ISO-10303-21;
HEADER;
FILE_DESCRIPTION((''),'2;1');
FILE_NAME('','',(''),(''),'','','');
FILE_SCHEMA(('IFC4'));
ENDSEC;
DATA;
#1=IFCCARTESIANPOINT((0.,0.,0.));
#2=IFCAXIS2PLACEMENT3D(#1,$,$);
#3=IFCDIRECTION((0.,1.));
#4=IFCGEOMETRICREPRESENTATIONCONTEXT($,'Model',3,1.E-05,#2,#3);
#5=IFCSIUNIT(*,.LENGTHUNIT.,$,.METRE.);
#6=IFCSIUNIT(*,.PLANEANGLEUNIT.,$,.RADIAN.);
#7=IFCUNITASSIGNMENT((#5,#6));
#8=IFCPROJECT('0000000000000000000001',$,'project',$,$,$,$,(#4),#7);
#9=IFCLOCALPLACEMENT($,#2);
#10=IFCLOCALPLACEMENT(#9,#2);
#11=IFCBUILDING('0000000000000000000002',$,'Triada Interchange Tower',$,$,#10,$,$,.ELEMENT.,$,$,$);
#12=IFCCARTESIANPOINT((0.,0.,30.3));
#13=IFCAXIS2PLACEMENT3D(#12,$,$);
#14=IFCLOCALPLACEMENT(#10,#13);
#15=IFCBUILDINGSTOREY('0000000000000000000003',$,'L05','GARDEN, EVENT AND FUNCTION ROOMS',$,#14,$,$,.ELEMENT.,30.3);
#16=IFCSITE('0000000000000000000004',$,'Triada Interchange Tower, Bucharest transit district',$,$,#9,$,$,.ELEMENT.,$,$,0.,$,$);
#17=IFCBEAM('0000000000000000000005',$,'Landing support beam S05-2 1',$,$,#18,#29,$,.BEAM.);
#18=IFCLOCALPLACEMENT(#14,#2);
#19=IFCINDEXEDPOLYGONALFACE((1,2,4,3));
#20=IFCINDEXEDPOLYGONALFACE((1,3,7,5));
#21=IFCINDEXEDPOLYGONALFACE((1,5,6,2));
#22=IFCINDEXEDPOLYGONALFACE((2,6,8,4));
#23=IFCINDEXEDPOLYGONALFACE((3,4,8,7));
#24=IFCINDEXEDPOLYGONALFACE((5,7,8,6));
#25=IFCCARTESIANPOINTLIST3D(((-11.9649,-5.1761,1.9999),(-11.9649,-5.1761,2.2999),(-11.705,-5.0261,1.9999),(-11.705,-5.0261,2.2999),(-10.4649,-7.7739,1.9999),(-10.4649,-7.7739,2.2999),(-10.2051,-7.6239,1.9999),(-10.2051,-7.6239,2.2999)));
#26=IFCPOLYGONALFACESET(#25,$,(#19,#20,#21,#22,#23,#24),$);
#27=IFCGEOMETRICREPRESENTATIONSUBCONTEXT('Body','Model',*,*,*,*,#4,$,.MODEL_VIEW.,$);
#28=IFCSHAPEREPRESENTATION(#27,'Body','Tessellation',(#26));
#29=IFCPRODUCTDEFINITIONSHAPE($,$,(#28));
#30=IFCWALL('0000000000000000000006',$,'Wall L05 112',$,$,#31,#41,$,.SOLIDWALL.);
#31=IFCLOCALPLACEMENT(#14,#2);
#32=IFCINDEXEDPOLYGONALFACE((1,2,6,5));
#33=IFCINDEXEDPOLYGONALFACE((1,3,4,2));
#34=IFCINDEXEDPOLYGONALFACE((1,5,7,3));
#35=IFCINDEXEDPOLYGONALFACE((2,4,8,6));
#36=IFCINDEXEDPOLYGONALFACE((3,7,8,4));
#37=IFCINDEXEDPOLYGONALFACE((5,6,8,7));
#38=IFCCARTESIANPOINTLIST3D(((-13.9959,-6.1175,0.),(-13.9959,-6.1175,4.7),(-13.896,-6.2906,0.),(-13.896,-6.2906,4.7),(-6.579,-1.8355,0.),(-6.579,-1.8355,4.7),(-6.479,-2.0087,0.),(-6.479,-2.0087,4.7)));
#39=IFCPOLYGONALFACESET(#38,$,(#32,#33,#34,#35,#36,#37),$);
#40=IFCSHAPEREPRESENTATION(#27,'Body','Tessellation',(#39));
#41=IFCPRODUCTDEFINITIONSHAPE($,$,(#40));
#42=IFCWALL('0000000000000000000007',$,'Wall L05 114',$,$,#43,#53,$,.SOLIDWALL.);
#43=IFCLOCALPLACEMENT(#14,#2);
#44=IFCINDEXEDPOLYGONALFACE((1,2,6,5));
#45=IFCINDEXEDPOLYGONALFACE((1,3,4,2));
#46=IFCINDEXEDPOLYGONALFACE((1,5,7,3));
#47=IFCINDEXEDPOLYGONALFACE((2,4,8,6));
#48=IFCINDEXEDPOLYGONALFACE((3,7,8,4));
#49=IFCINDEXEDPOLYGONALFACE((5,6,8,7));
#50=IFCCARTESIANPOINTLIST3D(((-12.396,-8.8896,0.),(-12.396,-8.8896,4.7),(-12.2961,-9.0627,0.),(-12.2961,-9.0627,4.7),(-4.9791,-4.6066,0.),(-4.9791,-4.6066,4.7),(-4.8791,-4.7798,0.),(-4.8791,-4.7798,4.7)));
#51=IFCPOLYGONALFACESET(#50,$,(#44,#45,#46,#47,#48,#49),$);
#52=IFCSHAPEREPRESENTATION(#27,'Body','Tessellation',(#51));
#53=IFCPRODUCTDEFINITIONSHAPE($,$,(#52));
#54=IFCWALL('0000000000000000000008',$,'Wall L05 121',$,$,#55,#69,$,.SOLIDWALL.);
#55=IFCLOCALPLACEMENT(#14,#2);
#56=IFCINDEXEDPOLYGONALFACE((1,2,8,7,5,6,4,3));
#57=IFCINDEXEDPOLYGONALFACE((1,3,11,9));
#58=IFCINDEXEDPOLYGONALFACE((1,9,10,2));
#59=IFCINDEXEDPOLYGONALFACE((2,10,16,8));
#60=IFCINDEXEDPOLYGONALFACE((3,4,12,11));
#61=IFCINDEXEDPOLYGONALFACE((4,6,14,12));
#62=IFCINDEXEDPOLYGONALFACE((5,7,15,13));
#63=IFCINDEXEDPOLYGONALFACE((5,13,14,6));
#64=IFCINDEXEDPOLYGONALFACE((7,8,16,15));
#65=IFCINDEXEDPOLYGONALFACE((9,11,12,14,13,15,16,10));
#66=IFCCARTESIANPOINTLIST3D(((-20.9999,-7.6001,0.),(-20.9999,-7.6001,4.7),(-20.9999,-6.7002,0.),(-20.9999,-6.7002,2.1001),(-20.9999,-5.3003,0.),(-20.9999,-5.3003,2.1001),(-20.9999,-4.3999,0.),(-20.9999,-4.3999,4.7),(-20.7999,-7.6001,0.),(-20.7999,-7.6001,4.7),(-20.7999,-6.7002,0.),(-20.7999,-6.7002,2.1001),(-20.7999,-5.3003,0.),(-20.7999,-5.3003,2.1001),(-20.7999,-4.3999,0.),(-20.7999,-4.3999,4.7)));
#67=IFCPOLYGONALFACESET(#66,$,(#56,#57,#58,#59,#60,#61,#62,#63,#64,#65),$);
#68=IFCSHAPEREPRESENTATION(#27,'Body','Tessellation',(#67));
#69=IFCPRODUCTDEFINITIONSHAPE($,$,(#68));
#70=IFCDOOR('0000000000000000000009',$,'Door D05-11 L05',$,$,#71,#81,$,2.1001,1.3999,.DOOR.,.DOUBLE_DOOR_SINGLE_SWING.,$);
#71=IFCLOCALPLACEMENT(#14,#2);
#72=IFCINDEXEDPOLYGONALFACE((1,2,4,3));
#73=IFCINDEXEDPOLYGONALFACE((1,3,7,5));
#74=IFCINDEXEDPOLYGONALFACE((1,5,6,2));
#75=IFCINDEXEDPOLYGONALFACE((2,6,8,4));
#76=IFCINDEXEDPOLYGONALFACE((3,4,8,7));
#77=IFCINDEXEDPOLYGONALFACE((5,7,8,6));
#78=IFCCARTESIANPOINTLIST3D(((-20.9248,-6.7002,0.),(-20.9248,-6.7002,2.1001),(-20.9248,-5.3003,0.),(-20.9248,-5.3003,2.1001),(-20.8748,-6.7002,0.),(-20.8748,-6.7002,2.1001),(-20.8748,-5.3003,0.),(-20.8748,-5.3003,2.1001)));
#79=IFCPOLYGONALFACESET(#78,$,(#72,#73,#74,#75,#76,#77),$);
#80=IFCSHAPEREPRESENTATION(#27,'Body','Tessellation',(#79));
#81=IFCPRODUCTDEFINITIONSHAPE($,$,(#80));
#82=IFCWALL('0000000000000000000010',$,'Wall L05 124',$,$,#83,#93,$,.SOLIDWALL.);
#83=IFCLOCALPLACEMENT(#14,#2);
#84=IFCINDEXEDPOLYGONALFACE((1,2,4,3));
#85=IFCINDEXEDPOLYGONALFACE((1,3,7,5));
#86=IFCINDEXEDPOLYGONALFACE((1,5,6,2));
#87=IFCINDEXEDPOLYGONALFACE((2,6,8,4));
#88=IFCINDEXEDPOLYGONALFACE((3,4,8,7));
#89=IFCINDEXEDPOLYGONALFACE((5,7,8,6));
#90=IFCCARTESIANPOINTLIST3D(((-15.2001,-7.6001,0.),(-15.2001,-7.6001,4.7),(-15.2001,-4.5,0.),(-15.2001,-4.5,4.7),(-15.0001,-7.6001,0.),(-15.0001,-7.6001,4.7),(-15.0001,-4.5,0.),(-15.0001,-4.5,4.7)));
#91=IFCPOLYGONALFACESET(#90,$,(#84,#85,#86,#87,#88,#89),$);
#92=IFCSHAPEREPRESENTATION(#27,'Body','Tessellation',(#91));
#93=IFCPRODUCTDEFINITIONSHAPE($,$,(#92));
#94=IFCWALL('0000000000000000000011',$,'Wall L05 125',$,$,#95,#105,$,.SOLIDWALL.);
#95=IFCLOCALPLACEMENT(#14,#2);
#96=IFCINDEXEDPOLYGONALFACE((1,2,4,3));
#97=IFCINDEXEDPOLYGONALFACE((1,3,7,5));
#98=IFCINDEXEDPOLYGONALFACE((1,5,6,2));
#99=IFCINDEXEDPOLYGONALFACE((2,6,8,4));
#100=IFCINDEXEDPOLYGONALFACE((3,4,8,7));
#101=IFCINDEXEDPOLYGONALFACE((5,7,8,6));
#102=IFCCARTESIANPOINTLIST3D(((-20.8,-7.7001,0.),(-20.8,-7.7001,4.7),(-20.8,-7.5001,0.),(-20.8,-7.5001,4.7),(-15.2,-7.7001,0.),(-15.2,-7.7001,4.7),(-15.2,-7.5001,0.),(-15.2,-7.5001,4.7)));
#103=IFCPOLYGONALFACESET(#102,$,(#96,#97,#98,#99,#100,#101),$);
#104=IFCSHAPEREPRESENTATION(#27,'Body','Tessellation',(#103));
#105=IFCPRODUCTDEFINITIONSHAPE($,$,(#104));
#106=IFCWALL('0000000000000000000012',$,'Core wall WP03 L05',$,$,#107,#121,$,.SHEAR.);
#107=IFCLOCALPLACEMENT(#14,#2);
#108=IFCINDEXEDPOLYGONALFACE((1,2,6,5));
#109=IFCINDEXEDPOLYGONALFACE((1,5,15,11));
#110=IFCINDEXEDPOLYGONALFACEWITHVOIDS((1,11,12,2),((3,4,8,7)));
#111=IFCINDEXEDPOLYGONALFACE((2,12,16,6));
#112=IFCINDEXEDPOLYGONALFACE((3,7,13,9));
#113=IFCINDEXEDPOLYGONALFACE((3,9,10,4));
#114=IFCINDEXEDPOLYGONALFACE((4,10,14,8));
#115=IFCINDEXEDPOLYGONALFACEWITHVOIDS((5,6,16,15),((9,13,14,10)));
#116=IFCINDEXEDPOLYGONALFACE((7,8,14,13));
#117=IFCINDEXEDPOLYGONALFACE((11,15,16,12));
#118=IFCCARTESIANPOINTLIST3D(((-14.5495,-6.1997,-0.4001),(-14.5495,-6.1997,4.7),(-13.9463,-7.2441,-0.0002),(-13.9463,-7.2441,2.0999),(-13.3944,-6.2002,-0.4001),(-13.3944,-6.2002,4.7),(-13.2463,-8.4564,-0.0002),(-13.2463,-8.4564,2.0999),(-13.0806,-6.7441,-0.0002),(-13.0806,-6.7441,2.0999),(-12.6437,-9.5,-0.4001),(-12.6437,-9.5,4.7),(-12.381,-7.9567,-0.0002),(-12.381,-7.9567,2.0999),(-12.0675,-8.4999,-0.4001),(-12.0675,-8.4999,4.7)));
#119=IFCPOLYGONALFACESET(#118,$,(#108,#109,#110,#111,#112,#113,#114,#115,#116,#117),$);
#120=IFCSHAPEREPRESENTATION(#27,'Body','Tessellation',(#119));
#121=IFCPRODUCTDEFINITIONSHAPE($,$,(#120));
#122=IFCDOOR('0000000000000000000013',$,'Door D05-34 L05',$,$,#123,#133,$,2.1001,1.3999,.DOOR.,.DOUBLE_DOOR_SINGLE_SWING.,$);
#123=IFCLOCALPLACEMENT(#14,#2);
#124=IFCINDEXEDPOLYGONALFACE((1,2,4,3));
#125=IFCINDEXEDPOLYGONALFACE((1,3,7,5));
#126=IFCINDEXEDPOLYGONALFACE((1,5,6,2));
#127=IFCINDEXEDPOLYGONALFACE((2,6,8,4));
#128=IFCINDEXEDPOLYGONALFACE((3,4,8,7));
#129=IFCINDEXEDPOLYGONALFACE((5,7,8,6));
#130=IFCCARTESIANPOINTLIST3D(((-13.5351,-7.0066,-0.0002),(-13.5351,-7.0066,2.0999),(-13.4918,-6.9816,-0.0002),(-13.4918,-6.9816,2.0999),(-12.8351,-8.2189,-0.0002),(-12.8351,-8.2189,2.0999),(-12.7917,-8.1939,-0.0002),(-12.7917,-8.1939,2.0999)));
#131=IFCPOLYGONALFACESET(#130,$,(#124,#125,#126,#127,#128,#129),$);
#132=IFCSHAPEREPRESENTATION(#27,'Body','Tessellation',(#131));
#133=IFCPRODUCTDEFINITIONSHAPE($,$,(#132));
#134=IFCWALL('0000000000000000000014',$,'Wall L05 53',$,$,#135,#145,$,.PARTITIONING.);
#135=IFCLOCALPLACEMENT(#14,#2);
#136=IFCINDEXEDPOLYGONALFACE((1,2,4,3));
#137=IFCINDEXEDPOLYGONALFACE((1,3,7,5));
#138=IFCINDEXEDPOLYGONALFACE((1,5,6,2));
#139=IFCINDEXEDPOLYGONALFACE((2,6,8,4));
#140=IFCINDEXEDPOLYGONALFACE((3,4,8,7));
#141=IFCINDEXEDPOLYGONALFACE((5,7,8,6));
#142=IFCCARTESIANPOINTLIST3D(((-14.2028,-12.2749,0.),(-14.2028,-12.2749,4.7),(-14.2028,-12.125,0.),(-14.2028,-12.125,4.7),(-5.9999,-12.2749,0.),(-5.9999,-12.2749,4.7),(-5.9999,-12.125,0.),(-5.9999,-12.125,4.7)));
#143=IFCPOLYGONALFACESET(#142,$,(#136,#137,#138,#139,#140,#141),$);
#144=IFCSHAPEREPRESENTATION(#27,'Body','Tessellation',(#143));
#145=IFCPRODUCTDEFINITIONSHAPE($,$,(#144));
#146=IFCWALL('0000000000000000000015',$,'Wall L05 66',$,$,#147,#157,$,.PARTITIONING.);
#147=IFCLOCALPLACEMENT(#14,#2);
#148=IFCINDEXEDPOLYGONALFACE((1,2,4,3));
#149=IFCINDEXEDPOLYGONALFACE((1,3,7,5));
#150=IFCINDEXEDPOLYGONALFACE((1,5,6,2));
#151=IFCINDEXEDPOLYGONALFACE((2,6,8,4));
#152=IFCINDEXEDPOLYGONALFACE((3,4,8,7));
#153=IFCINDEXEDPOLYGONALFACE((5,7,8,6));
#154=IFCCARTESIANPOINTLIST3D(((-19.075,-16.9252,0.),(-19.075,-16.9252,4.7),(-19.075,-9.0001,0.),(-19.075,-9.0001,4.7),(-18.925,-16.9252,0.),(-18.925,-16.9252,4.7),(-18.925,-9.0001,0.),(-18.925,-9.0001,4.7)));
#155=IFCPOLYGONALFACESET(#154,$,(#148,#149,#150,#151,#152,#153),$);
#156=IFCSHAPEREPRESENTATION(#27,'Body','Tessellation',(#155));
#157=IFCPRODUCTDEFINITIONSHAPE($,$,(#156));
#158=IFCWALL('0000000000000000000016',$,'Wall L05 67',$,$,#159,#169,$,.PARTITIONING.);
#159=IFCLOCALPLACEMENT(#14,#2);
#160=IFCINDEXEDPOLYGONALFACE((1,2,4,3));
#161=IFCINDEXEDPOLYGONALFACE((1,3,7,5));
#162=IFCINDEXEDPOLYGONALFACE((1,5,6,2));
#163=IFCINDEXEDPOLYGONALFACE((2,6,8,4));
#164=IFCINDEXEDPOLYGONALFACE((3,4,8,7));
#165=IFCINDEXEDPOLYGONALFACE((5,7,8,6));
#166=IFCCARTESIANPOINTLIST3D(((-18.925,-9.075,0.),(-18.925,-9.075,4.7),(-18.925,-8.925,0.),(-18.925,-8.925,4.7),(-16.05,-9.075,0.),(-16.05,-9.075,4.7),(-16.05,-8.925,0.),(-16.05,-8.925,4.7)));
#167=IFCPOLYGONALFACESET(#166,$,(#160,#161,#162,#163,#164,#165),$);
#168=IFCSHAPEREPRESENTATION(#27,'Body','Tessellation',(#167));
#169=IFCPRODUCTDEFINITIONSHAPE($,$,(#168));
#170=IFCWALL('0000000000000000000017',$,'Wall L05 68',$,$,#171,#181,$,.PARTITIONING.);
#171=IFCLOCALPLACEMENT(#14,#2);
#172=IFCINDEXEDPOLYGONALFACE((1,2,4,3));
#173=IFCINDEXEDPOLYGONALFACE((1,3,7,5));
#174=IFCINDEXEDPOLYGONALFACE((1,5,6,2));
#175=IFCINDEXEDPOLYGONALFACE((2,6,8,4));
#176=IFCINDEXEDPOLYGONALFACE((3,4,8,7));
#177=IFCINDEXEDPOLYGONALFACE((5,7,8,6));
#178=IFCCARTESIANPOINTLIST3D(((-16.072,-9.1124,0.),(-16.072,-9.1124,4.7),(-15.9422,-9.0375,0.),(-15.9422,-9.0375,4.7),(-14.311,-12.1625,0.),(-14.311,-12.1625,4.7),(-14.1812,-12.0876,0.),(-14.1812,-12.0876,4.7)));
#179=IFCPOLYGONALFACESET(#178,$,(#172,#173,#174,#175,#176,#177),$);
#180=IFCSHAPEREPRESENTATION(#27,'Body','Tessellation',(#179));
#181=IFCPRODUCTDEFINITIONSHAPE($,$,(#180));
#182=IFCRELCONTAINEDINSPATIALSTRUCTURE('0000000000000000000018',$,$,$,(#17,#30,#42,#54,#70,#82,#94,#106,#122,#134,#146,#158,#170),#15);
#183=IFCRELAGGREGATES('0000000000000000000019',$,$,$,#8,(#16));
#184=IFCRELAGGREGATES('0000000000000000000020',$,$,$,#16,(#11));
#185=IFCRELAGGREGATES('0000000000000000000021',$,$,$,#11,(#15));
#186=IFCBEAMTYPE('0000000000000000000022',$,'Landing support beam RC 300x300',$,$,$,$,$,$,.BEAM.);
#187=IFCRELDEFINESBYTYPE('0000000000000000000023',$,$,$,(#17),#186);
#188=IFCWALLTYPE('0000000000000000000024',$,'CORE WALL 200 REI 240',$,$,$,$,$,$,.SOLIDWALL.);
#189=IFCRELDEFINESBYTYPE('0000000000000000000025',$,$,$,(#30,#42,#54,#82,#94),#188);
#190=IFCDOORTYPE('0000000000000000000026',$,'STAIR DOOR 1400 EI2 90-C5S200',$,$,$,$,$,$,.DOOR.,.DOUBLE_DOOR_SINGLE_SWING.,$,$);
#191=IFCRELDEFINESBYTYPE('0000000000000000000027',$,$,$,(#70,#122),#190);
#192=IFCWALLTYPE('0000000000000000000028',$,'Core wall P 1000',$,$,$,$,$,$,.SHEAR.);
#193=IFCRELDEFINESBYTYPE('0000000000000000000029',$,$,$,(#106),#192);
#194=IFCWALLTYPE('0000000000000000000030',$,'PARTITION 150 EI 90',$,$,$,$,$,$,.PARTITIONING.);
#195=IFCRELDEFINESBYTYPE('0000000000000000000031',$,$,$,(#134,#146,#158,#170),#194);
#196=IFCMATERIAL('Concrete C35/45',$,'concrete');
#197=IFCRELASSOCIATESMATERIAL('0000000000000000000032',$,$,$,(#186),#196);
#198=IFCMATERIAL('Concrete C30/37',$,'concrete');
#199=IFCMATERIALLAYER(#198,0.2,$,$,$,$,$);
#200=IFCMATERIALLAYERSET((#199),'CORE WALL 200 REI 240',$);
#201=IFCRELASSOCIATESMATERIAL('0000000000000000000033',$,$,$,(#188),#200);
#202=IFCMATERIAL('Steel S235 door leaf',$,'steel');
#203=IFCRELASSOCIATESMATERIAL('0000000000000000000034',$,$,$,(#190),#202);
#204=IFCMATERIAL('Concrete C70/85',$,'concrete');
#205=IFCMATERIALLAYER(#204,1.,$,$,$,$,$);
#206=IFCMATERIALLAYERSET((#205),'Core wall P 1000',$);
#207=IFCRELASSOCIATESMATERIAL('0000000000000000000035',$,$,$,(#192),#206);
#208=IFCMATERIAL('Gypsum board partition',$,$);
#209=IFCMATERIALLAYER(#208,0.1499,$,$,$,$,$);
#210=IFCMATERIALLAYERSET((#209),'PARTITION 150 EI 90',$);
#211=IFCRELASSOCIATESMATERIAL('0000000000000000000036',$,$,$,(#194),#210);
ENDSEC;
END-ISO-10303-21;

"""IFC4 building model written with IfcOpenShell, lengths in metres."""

from ifc_helpers import new_model, si_unit, direction, frame, frame_2d, origin, origin_2d, place, context, subcontext, project, spatial, polyline, rectangle, outline, extrude, material, layer, layer_set, material_profile, profile_set, type_object, element, fill, save


model = new_model("IFC4")

# Units and contexts
model_context = context("Model", 3, precision=1e-05, world=origin(), true_north=direction((0.0, 1.0)))
body_context = subcontext(model_context, "Body", "Model", "MODEL_VIEW")
ifc_project = project(units=[si_unit("LENGTHUNIT", "METRE"), si_unit("PLANEANGLEUNIT", "RADIAN")], contexts=[model_context])

# Site, building, storey
site_placement = place(None, origin())
site = spatial("IfcSite", under=ifc_project, at=site_placement, Name="Triada Interchange Tower, Bucharest transit district", CompositionType="ELEMENT", RefElevation=0.0)
building_placement = place(site_placement, origin())
building = spatial("IfcBuilding", under=site, at=building_placement, Name="Triada Interchange Tower", CompositionType="ELEMENT")
storey_placement = place(building_placement, frame((0.0, 0.0, 30.3)))
storey = spatial("IfcBuildingStorey", under=building, at=storey_placement, Name="L05", Description="GARDEN, EVENT AND FUNCTION ROOMS", CompositionType="ELEMENT", Elevation=30.3)

# Beam
ifc_material_1 = material(Name="Concrete C35/45", Category="concrete")
ifc_material_profile_1 = material_profile(ifc_material_1, rectangle(XDim=0.3, YDim=0.3, at=origin_2d()), Name="RC 300x300")
ifc_profile_set_1 = profile_set([ifc_material_profile_1], Name="Concrete C35/45")
beam_type_1 = type_object("IfcBeamType", Name="Landing support beam RC 300x300", PredefinedType="BEAM", material=ifc_profile_set_1)
beam_1_placement = place(storey_placement, frame((-11.835, -5.1011, 2.1499), z_axis=(0.500025, -0.866011, 0.0), x_axis=(0.866011, 0.500025, 0.0)))
element("IfcBeam", 1, at=beam_1_placement, inside=storey, type_object=beam_type_1, Name="Landing support beam S05-2 1", PredefinedType="BEAM", context=body_context, shape_type="SweptSolid", body=[
    extrude(rectangle(XDim=0.3, YDim=0.3, at=origin_2d()), origin(), (0.0, 0.0, 1.0), 2.9998),
])

# Walls
ifc_material_2 = material(Name="Concrete C30/37", Category="concrete")
ifc_layer_1 = layer(ifc_material_2, 0.2)
ifc_layer_set_1 = layer_set([ifc_layer_1], Name="CORE WALL 200 REI 240")
wall_type_1 = type_object("IfcWallType", Name="CORE WALL 200 REI 240", PredefinedType="SOLIDWALL", material=ifc_layer_set_1)
wall_1_placement = place(storey_placement, frame((-13.946, -6.2041, 0.0), z_axis=(0.0, 0.0, 1.0), x_axis=(0.866037, 0.499981, 0.0)))
element("IfcWall", 2, at=wall_1_placement, inside=storey, type_object=wall_type_1, Name="Wall L05 112", PredefinedType="SOLIDWALL", context=body_context, shape_type="SweptSolid", body=[
    extrude(rectangle(XDim=8.5642, YDim=0.2, at=frame_2d((4.2822, 0.0))), origin(), (0.0, 0.0, 1.0), 4.7),
])
wall_2_placement = place(storey_placement, frame((-12.3459, -8.9761, 0.0), z_axis=(0.0, 0.0, 1.0), x_axis=(0.865987, 0.500066, 0.0)))
element("IfcWall", 3, at=wall_2_placement, inside=storey, type_object=wall_type_1, Name="Wall L05 114", PredefinedType="SOLIDWALL", context=body_context, shape_type="SweptSolid", body=[
    extrude(rectangle(XDim=8.5647, YDim=0.2, at=frame_2d((4.2822, 0.0))), origin(), (0.0, 0.0, 1.0), 4.7),
])

# Wall, opening, door
wall_3_placement = place(storey_placement, frame((-20.8999, -7.6001, 0.0), z_axis=(0.0, 0.0, 1.0), x_axis=(0.0, 1.0, 0.0)))
wall_3 = element("IfcWall", 4, at=wall_3_placement, inside=storey, type_object=wall_type_1, Name="Wall L05 121", PredefinedType="SOLIDWALL", context=body_context, shape_type="SweptSolid", body=[
    extrude(rectangle(XDim=3.2002, YDim=0.2, at=frame_2d((1.6001, 0.0))), origin(), (0.0, 0.0, 1.0), 4.7),
])
opening_1_placement = place(wall_3_placement, frame((0.8999, 0.0, 0.0)))
opening_1 = element("IfcOpeningElement", 5, at=opening_1_placement, cuts=wall_3, PredefinedType="OPENING", context=body_context, shape_type="SweptSolid", body=[
    extrude(rectangle(XDim=1.3999, YDim=2.1001, at=frame_2d((0.7, 1.05))), frame((0.0, 0.1099, 0.0), z_axis=(0.0, -1.0, 0.0), x_axis=(1.0, 0.0, 0.0)), (0.0, 0.0, 1.0), 0.22),
])
ifc_material_3 = material(Name="Steel S235 door leaf", Category="steel")
door_type = type_object("IfcDoorType", Name="STAIR DOOR 1400 EI2 90-C5S200", OperationType="DOUBLE_DOOR_SINGLE_SWING", PredefinedType="DOOR", material=ifc_material_3)
door_1_placement = place(opening_1_placement, origin())
door_1 = element("IfcDoor", 6, at=door_1_placement, inside=storey, type_object=door_type, Name="Door D05-11 L05", OperationType="DOUBLE_DOOR_SINGLE_SWING", OverallHeight=2.1001, OverallWidth=1.3999, PredefinedType="DOOR", context=body_context, shape_type="SweptSolid", body=[
    extrude(rectangle(XDim=1.3999, YDim=2.1001, at=frame_2d((0.7, 1.05))), frame((0.0, 0.0249, 0.0), z_axis=(0.0, -1.0, 0.0), x_axis=(1.0, 0.0, 0.0)), (0.0, 0.0, 1.0), 0.05),
])
fill(opening_1, door_1)

# Walls
wall_4_placement = place(storey_placement, frame((-15.1001, -7.6001, 0.0), z_axis=(0.0, 0.0, 1.0), x_axis=(0.0, 1.0, 0.0)))
element("IfcWall", 7, at=wall_4_placement, inside=storey, type_object=wall_type_1, Name="Wall L05 124", PredefinedType="SOLIDWALL", context=body_context, shape_type="SweptSolid", body=[
    extrude(rectangle(XDim=3.1001, YDim=0.2, at=frame_2d((1.55, 0.0))), origin(), (0.0, 0.0, 1.0), 4.7),
])
wall_5_placement = place(storey_placement, frame((-20.8, -7.6001, 0.0), z_axis=(0.0, 0.0, 1.0), x_axis=(1.0, 0.0, 0.0)))
element("IfcWall", 8, at=wall_5_placement, inside=storey, type_object=wall_type_1, Name="Wall L05 125", PredefinedType="SOLIDWALL", context=body_context, shape_type="SweptSolid", body=[
    extrude(rectangle(XDim=5.6001, YDim=0.2, at=frame_2d((2.8, 0.0))), origin(), (0.0, 0.0, 1.0), 4.7),
])

# Wall, opening, door
ifc_material_4 = material(Name="Concrete C70/85", Category="concrete")
ifc_layer_2 = layer(ifc_material_4, 1.0)
ifc_layer_set_2 = layer_set([ifc_layer_2], Name="Core wall P 1000")
wall_type_2 = type_object("IfcWallType", Name="Core wall P 1000", PredefinedType="SHEAR", material=ifc_layer_set_2)
wall_6_placement = place(storey_placement, frame((-13.9719, -6.2, -0.4001), z_axis=(0.0, 0.0, 1.0), x_axis=(0.500078, -0.865981, 0.0)))
wall_6 = element("IfcWall", 9, at=wall_6_placement, inside=storey, type_object=wall_type_2, Name="Core wall WP03 L05", PredefinedType="SHEAR", context=body_context, shape_type="SweptSolid", body=[
    extrude(outline(polyline([(-0.2891, -0.5), (1.6165, -0.5), (3.522, -0.5), (2.9441, 0.499), (1.6167, 0.4995), (0.2891, 0.5), (-0.2891, -0.5)])), origin(), (0.0, 0.0, 1.0), 5.1001),
])
opening_2_placement = place(wall_6_placement, frame((0.917, 0.0, 0.3999)))
opening_2 = element("IfcOpeningElement", 10, at=opening_2_placement, cuts=wall_6, PredefinedType="OPENING", context=body_context, shape_type="SweptSolid", body=[
    extrude(rectangle(XDim=1.3999, YDim=2.1001, at=frame_2d((0.7, 1.05))), frame((0.0, 0.51, 0.0), z_axis=(0.0, -1.0, 0.0), x_axis=(1.0, 0.0, 0.0)), (0.0, 0.0, 1.0), 1.02),
])
door_2_placement = place(opening_2_placement, origin())
door_2 = element("IfcDoor", 11, at=door_2_placement, inside=storey, type_object=door_type, Name="Door D05-34 L05", OperationType="DOUBLE_DOOR_SINGLE_SWING", OverallHeight=2.1001, OverallWidth=1.3999, PredefinedType="DOOR", context=body_context, shape_type="SweptSolid", body=[
    extrude(rectangle(XDim=1.3999, YDim=2.1001, at=frame_2d((0.7, 1.05))), frame((0.0, 0.0249, 0.0), z_axis=(0.0, -1.0, 0.0), x_axis=(1.0, 0.0, 0.0)), (0.0, 0.0, 1.0), 0.05),
])
fill(opening_2, door_2)

# Walls
ifc_material_5 = material(Name="Gypsum board partition")
ifc_layer_3 = layer(ifc_material_5, 0.1499)
ifc_layer_set_3 = layer_set([ifc_layer_3], Name="PARTITION 150 EI 90")
wall_type_3 = type_object("IfcWallType", Name="PARTITION 150 EI 90", PredefinedType="PARTITIONING", material=ifc_layer_set_3)
wall_7_placement = place(storey_placement, frame((-14.2029, -12.2, 0.0), z_axis=(0.0, 0.0, 1.0), x_axis=(1.0, 0.0, 0.0)))
element("IfcWall", 12, at=wall_7_placement, inside=storey, type_object=wall_type_3, Name="Wall L05 53", PredefinedType="PARTITIONING", context=body_context, shape_type="SweptSolid", body=[
    extrude(rectangle(XDim=8.2029, YDim=0.1499, at=frame_2d((4.1016, 0.0))), origin(), (0.0, 0.0, 1.0), 4.7),
])
wall_8_placement = place(storey_placement, frame((-19.0, -16.925, 0.0), z_axis=(0.0, 0.0, 1.0), x_axis=(0.0, 1.0, 0.0)))
element("IfcWall", 13, at=wall_8_placement, inside=storey, type_object=wall_type_3, Name="Wall L05 66", PredefinedType="PARTITIONING", context=body_context, shape_type="SweptSolid", body=[
    extrude(rectangle(XDim=7.925, YDim=0.1499, at=frame_2d((3.9624, 0.0))), origin(), (0.0, 0.0, 1.0), 4.7),
])
wall_9_placement = place(storey_placement, frame((-18.925, -9.0, 0.0), z_axis=(0.0, 0.0, 1.0), x_axis=(1.0, 0.0, 0.0)))
element("IfcWall", 14, at=wall_9_placement, inside=storey, type_object=wall_type_3, Name="Wall L05 67", PredefinedType="PARTITIONING", context=body_context, shape_type="SweptSolid", body=[
    extrude(rectangle(XDim=2.875, YDim=0.1499, at=frame_2d((1.4375, 0.0))), origin(), (0.0, 0.0, 1.0), 4.7),
])
wall_10_placement = place(storey_placement, frame((-16.0071, -9.075, 0.0), z_axis=(0.0, 0.0, 1.0), x_axis=(0.500008, -0.866021, 0.0)))
element("IfcWall", 15, at=wall_10_placement, inside=storey, type_object=wall_type_3, Name="Wall L05 68", PredefinedType="PARTITIONING", context=body_context, shape_type="SweptSolid", body=[
    extrude(rectangle(XDim=3.522, YDim=0.1499, at=frame_2d((1.761, 0.0))), origin(), (0.0, 0.0, 1.0), 4.7),
])

save(model, "model.ifc")
